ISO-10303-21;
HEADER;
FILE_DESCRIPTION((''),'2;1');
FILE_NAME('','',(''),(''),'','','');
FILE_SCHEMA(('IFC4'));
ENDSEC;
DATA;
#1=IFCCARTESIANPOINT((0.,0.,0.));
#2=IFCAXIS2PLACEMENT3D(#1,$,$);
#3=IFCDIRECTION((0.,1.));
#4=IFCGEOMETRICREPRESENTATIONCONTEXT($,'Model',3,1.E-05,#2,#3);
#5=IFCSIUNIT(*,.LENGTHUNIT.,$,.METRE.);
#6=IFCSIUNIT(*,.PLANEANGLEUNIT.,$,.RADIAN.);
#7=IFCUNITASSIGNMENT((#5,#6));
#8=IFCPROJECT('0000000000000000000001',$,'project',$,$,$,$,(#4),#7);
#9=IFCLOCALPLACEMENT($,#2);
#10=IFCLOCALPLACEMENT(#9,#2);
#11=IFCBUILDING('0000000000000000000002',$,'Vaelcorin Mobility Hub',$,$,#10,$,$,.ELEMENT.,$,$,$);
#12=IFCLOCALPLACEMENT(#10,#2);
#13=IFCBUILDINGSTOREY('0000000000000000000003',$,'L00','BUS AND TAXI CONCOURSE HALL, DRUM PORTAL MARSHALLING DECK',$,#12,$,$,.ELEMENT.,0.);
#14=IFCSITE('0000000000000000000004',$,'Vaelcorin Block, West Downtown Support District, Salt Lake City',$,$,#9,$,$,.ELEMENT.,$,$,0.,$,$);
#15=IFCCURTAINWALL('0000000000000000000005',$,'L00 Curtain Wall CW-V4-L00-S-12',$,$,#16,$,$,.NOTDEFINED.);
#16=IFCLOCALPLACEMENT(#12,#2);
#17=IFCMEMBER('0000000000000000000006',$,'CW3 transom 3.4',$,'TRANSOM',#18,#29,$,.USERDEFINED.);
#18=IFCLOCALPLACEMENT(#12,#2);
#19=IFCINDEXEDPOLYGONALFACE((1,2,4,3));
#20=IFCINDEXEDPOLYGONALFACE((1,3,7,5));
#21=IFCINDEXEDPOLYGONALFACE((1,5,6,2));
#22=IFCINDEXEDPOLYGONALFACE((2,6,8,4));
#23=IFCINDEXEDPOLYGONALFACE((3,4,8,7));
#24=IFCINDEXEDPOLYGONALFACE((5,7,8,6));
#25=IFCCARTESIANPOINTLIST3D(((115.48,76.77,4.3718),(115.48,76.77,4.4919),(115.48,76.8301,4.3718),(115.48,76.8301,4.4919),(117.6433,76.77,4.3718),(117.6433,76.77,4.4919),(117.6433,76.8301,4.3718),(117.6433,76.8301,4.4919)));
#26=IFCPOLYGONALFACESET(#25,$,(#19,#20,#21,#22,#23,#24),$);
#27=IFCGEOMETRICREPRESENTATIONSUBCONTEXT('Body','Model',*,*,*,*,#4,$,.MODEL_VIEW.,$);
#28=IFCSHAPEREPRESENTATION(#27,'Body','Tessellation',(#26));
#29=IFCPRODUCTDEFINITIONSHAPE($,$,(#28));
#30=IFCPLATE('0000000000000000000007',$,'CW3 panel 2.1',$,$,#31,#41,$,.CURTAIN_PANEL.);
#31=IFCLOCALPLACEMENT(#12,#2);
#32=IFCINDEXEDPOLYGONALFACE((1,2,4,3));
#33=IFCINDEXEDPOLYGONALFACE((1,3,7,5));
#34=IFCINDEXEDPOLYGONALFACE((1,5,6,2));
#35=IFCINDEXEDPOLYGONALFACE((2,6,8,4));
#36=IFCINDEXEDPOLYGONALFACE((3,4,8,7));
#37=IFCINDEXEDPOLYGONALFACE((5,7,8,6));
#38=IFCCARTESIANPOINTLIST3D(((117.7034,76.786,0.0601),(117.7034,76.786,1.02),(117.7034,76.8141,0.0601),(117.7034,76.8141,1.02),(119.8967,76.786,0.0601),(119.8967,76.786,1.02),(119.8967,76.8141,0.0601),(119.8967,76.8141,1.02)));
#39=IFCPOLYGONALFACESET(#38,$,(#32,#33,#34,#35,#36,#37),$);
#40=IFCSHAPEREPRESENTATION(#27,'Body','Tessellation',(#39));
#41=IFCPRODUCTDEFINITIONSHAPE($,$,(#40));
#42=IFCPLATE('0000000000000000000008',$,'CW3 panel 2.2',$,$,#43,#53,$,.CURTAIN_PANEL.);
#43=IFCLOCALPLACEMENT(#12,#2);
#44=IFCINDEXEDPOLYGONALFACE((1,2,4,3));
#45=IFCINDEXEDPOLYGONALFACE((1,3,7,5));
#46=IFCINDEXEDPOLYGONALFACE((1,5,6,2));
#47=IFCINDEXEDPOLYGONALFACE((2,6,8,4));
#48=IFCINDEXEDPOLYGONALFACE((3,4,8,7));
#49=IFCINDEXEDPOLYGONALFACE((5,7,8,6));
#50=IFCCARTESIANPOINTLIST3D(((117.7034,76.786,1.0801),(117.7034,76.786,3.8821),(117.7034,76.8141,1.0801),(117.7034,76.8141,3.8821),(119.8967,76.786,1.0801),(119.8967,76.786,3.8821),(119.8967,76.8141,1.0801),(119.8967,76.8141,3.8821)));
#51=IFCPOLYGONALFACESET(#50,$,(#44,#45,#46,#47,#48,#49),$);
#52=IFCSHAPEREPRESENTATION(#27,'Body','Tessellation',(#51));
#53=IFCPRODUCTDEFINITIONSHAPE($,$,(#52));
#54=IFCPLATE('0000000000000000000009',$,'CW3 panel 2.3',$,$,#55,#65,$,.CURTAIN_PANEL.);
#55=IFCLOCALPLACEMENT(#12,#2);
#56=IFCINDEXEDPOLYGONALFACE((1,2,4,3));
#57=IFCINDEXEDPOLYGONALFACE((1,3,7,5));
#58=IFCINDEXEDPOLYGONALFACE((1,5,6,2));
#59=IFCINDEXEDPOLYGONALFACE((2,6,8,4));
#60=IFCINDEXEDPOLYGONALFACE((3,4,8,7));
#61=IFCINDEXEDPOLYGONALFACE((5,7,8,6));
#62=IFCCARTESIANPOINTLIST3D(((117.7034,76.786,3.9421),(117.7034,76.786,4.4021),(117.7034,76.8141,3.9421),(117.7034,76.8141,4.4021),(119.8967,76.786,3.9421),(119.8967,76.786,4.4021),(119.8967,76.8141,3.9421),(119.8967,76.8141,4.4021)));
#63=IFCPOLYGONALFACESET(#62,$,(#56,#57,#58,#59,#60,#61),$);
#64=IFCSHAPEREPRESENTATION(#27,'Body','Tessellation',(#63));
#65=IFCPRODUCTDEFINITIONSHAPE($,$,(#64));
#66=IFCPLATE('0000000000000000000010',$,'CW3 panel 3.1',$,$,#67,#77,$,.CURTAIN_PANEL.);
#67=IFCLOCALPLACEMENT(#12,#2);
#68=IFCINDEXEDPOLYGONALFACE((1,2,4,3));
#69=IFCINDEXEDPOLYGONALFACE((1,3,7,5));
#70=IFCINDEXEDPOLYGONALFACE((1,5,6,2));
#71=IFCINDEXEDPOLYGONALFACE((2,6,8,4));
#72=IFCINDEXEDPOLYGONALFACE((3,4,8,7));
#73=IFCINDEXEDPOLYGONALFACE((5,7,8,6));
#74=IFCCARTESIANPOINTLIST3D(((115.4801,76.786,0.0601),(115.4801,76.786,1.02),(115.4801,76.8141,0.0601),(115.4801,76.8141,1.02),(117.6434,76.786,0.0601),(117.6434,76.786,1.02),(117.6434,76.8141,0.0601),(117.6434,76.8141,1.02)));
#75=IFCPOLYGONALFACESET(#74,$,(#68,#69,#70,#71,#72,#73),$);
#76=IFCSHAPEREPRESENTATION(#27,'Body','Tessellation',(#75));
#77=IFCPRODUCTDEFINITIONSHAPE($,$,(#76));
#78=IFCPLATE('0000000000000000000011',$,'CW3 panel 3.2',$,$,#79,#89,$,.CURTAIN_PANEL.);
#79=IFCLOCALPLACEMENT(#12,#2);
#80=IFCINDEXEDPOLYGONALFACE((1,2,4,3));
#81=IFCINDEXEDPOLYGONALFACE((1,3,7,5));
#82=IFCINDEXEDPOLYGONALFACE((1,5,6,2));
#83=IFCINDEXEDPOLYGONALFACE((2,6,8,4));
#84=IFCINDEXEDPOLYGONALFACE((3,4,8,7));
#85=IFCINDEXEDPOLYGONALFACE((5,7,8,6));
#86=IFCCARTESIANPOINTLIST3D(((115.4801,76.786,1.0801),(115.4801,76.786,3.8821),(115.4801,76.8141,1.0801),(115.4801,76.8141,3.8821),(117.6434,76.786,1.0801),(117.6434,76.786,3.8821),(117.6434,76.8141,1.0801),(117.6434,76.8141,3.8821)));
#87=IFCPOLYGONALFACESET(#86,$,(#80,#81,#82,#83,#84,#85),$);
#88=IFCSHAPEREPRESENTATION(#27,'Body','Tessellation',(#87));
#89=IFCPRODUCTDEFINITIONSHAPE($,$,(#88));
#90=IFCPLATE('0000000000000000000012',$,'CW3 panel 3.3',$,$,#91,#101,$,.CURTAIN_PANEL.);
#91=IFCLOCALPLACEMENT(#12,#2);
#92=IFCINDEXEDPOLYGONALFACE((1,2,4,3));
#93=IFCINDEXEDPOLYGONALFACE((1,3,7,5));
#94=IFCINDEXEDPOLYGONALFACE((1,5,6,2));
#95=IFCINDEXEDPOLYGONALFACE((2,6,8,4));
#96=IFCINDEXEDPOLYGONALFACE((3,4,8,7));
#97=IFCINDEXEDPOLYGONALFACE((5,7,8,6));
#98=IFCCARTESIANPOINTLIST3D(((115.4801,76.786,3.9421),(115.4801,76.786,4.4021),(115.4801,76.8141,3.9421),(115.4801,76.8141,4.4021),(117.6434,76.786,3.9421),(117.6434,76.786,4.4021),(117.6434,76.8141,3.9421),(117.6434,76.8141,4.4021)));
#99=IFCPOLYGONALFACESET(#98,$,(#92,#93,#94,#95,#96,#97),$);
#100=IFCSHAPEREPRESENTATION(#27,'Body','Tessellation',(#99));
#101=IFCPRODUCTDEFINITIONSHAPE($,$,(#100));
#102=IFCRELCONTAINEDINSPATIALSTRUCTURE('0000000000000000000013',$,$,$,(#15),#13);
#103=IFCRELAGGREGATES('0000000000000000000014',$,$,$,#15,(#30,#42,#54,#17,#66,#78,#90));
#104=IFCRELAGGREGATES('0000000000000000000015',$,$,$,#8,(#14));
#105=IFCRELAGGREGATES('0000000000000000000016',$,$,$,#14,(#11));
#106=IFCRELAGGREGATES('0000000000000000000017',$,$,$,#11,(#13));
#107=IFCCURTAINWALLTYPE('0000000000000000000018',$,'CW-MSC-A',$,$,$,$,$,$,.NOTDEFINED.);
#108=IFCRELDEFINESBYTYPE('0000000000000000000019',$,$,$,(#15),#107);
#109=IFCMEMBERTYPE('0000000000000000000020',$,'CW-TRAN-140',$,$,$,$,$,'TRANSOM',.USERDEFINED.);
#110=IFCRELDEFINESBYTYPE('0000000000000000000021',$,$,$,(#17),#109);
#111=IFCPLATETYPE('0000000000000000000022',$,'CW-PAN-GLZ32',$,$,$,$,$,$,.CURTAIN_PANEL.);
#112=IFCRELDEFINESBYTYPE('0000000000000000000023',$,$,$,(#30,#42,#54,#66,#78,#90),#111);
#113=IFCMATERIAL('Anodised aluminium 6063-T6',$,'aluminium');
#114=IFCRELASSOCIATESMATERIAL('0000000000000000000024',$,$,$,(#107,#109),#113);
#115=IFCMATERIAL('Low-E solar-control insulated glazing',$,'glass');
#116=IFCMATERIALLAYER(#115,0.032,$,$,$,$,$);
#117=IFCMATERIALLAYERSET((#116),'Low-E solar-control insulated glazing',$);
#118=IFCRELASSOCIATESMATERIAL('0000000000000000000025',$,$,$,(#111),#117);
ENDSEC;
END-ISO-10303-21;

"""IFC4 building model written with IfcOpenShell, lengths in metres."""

from ifc_helpers import new_model, si_unit, direction, frame, origin, origin_2d, place, context, subcontext, project, spatial, rectangle, extrude, material, layer, layer_set, material_profile, profile_set, type_object, element, aggregate, save


model = new_model("IFC4")

# Units and contexts
model_context = context("Model", 3, precision=1e-05, world=origin(), true_north=direction((0.0, 1.0)))
body_context = subcontext(model_context, "Body", "Model", "MODEL_VIEW")
ifc_project = project(units=[si_unit("LENGTHUNIT", "METRE"), si_unit("PLANEANGLEUNIT", "RADIAN")], contexts=[model_context])

# Site, building, storey
site_placement = place(None, origin())
site = spatial("IfcSite", under=ifc_project, at=site_placement, Name="Vaelcorin Block, West Downtown Support District, Salt Lake City", CompositionType="ELEMENT", RefElevation=0.0)
building_placement = place(site_placement, origin())
building = spatial("IfcBuilding", under=site, at=building_placement, Name="Vaelcorin Mobility Hub", CompositionType="ELEMENT")
storey_placement = place(building_placement, origin())
storey = spatial("IfcBuildingStorey", under=building, at=storey_placement, Name="L00", Description="BUS AND TAXI CONCOURSE HALL, DRUM PORTAL MARSHALLING DECK", CompositionType="ELEMENT", Elevation=0.0)

# Shared definitions
ifc_material_1 = material(Name="Anodised aluminium 6063-T6", Category="aluminium")
curtain_wall_type = type_object("IfcCurtainWallType", Name="CW-MSC-A", PredefinedType="NOTDEFINED", material=ifc_material_1)

# Curtain wall
curtain_wall_1_placement = place(storey_placement, origin())
curtain_wall_1 = element("IfcCurtainWall", 1, at=curtain_wall_1_placement, inside=storey, type_object=curtain_wall_type, Name="L00 Curtain Wall CW-V4-L00-S-12", PredefinedType="NOTDEFINED")

# Member
ifc_material_profile_1 = material_profile(ifc_material_1, rectangle(XDim=0.0601, YDim=0.1201, at=origin_2d()), Name="ALU-T60X120")
ifc_profile_set_1 = profile_set([ifc_material_profile_1], Name="Anodised aluminium 6063-T6")
member_type_1 = type_object("IfcMemberType", Name="CW-TRAN-140", ElementType="TRANSOM", PredefinedType="USERDEFINED", material=ifc_profile_set_1)
member_1_placement = place(storey_placement, frame((117.6433, 76.8, 4.4319), z_axis=(-1.0, 0.0, 0.0), x_axis=(0.0, -1.0, 0.0)))
member_1 = element("IfcMember", 2, at=member_1_placement, type_object=member_type_1, Name="CW3 transom 3.4", ObjectType="TRANSOM", PredefinedType="USERDEFINED", context=body_context, shape_type="SweptSolid", body=[
    extrude(rectangle(XDim=0.0601, YDim=0.1201, at=origin_2d()), origin(), (0.0, 0.0, 1.0), 2.1633),
])

# Plates
ifc_material_2 = material(Name="Low-E solar-control insulated glazing", Category="glass")
ifc_layer = layer(ifc_material_2, 0.032)
ifc_layer_set = layer_set([ifc_layer], Name="Low-E solar-control insulated glazing")
plate_type = type_object("IfcPlateType", Name="CW-PAN-GLZ32", PredefinedType="CURTAIN_PANEL", material=ifc_layer_set)
plate_1_placement = place(storey_placement, frame((118.8, 76.8, 0.0601), z_axis=(0.0, 0.0, 1.0), x_axis=(-1.0, 0.0, 0.0)))
plate_1 = element("IfcPlate", 3, at=plate_1_placement, type_object=plate_type, Name="CW3 panel 2.1", PredefinedType="CURTAIN_PANEL", context=body_context, shape_type="SweptSolid", body=[
    extrude(rectangle(XDim=2.1934, YDim=0.0281, at=origin_2d()), origin(), (0.0, 0.0, 1.0), 0.96),
])
plate_2_placement = place(storey_placement, frame((118.8, 76.8, 1.0801), z_axis=(0.0, 0.0, 1.0), x_axis=(-1.0, 0.0, 0.0)))
plate_2 = element("IfcPlate", 4, at=plate_2_placement, type_object=plate_type, Name="CW3 panel 2.2", PredefinedType="CURTAIN_PANEL", context=body_context, shape_type="SweptSolid", body=[
    extrude(rectangle(XDim=2.1934, YDim=0.0281, at=origin_2d()), origin(), (0.0, 0.0, 1.0), 2.802),
])
plate_3_placement = place(storey_placement, frame((118.8, 76.8, 3.9421), z_axis=(0.0, 0.0, 1.0), x_axis=(-1.0, 0.0, 0.0)))
plate_3 = element("IfcPlate", 5, at=plate_3_placement, type_object=plate_type, Name="CW3 panel 2.3", PredefinedType="CURTAIN_PANEL", context=body_context, shape_type="SweptSolid", body=[
    extrude(rectangle(XDim=2.1934, YDim=0.0281, at=origin_2d()), origin(), (0.0, 0.0, 1.0), 0.46),
])
plate_4_placement = place(storey_placement, frame((116.5618, 76.8, 0.0601), z_axis=(0.0, 0.0, 1.0), x_axis=(-1.0, 0.0, 0.0)))
plate_4 = element("IfcPlate", 6, at=plate_4_placement, type_object=plate_type, Name="CW3 panel 3.1", PredefinedType="CURTAIN_PANEL", context=body_context, shape_type="SweptSolid", body=[
    extrude(rectangle(XDim=2.1633, YDim=0.0281, at=origin_2d()), origin(), (0.0, 0.0, 1.0), 0.96),
])
plate_5_placement = place(storey_placement, frame((116.5618, 76.8, 1.0801), z_axis=(0.0, 0.0, 1.0), x_axis=(-1.0, 0.0, 0.0)))
plate_5 = element("IfcPlate", 7, at=plate_5_placement, type_object=plate_type, Name="CW3 panel 3.2", PredefinedType="CURTAIN_PANEL", context=body_context, shape_type="SweptSolid", body=[
    extrude(rectangle(XDim=2.1633, YDim=0.0281, at=origin_2d()), origin(), (0.0, 0.0, 1.0), 2.802),
])
plate_6_placement = place(storey_placement, frame((116.5618, 76.8, 3.9421), z_axis=(0.0, 0.0, 1.0), x_axis=(-1.0, 0.0, 0.0)))
plate_6 = element("IfcPlate", 8, at=plate_6_placement, type_object=plate_type, Name="CW3 panel 3.3", PredefinedType="CURTAIN_PANEL", context=body_context, shape_type="SweptSolid", body=[
    extrude(rectangle(XDim=2.1633, YDim=0.0281, at=origin_2d()), origin(), (0.0, 0.0, 1.0), 0.46),
])
aggregate(curtain_wall_1, [plate_1, plate_2, plate_3, member_1, plate_4, plate_5, plate_6])

save(model, "model.ifc")
